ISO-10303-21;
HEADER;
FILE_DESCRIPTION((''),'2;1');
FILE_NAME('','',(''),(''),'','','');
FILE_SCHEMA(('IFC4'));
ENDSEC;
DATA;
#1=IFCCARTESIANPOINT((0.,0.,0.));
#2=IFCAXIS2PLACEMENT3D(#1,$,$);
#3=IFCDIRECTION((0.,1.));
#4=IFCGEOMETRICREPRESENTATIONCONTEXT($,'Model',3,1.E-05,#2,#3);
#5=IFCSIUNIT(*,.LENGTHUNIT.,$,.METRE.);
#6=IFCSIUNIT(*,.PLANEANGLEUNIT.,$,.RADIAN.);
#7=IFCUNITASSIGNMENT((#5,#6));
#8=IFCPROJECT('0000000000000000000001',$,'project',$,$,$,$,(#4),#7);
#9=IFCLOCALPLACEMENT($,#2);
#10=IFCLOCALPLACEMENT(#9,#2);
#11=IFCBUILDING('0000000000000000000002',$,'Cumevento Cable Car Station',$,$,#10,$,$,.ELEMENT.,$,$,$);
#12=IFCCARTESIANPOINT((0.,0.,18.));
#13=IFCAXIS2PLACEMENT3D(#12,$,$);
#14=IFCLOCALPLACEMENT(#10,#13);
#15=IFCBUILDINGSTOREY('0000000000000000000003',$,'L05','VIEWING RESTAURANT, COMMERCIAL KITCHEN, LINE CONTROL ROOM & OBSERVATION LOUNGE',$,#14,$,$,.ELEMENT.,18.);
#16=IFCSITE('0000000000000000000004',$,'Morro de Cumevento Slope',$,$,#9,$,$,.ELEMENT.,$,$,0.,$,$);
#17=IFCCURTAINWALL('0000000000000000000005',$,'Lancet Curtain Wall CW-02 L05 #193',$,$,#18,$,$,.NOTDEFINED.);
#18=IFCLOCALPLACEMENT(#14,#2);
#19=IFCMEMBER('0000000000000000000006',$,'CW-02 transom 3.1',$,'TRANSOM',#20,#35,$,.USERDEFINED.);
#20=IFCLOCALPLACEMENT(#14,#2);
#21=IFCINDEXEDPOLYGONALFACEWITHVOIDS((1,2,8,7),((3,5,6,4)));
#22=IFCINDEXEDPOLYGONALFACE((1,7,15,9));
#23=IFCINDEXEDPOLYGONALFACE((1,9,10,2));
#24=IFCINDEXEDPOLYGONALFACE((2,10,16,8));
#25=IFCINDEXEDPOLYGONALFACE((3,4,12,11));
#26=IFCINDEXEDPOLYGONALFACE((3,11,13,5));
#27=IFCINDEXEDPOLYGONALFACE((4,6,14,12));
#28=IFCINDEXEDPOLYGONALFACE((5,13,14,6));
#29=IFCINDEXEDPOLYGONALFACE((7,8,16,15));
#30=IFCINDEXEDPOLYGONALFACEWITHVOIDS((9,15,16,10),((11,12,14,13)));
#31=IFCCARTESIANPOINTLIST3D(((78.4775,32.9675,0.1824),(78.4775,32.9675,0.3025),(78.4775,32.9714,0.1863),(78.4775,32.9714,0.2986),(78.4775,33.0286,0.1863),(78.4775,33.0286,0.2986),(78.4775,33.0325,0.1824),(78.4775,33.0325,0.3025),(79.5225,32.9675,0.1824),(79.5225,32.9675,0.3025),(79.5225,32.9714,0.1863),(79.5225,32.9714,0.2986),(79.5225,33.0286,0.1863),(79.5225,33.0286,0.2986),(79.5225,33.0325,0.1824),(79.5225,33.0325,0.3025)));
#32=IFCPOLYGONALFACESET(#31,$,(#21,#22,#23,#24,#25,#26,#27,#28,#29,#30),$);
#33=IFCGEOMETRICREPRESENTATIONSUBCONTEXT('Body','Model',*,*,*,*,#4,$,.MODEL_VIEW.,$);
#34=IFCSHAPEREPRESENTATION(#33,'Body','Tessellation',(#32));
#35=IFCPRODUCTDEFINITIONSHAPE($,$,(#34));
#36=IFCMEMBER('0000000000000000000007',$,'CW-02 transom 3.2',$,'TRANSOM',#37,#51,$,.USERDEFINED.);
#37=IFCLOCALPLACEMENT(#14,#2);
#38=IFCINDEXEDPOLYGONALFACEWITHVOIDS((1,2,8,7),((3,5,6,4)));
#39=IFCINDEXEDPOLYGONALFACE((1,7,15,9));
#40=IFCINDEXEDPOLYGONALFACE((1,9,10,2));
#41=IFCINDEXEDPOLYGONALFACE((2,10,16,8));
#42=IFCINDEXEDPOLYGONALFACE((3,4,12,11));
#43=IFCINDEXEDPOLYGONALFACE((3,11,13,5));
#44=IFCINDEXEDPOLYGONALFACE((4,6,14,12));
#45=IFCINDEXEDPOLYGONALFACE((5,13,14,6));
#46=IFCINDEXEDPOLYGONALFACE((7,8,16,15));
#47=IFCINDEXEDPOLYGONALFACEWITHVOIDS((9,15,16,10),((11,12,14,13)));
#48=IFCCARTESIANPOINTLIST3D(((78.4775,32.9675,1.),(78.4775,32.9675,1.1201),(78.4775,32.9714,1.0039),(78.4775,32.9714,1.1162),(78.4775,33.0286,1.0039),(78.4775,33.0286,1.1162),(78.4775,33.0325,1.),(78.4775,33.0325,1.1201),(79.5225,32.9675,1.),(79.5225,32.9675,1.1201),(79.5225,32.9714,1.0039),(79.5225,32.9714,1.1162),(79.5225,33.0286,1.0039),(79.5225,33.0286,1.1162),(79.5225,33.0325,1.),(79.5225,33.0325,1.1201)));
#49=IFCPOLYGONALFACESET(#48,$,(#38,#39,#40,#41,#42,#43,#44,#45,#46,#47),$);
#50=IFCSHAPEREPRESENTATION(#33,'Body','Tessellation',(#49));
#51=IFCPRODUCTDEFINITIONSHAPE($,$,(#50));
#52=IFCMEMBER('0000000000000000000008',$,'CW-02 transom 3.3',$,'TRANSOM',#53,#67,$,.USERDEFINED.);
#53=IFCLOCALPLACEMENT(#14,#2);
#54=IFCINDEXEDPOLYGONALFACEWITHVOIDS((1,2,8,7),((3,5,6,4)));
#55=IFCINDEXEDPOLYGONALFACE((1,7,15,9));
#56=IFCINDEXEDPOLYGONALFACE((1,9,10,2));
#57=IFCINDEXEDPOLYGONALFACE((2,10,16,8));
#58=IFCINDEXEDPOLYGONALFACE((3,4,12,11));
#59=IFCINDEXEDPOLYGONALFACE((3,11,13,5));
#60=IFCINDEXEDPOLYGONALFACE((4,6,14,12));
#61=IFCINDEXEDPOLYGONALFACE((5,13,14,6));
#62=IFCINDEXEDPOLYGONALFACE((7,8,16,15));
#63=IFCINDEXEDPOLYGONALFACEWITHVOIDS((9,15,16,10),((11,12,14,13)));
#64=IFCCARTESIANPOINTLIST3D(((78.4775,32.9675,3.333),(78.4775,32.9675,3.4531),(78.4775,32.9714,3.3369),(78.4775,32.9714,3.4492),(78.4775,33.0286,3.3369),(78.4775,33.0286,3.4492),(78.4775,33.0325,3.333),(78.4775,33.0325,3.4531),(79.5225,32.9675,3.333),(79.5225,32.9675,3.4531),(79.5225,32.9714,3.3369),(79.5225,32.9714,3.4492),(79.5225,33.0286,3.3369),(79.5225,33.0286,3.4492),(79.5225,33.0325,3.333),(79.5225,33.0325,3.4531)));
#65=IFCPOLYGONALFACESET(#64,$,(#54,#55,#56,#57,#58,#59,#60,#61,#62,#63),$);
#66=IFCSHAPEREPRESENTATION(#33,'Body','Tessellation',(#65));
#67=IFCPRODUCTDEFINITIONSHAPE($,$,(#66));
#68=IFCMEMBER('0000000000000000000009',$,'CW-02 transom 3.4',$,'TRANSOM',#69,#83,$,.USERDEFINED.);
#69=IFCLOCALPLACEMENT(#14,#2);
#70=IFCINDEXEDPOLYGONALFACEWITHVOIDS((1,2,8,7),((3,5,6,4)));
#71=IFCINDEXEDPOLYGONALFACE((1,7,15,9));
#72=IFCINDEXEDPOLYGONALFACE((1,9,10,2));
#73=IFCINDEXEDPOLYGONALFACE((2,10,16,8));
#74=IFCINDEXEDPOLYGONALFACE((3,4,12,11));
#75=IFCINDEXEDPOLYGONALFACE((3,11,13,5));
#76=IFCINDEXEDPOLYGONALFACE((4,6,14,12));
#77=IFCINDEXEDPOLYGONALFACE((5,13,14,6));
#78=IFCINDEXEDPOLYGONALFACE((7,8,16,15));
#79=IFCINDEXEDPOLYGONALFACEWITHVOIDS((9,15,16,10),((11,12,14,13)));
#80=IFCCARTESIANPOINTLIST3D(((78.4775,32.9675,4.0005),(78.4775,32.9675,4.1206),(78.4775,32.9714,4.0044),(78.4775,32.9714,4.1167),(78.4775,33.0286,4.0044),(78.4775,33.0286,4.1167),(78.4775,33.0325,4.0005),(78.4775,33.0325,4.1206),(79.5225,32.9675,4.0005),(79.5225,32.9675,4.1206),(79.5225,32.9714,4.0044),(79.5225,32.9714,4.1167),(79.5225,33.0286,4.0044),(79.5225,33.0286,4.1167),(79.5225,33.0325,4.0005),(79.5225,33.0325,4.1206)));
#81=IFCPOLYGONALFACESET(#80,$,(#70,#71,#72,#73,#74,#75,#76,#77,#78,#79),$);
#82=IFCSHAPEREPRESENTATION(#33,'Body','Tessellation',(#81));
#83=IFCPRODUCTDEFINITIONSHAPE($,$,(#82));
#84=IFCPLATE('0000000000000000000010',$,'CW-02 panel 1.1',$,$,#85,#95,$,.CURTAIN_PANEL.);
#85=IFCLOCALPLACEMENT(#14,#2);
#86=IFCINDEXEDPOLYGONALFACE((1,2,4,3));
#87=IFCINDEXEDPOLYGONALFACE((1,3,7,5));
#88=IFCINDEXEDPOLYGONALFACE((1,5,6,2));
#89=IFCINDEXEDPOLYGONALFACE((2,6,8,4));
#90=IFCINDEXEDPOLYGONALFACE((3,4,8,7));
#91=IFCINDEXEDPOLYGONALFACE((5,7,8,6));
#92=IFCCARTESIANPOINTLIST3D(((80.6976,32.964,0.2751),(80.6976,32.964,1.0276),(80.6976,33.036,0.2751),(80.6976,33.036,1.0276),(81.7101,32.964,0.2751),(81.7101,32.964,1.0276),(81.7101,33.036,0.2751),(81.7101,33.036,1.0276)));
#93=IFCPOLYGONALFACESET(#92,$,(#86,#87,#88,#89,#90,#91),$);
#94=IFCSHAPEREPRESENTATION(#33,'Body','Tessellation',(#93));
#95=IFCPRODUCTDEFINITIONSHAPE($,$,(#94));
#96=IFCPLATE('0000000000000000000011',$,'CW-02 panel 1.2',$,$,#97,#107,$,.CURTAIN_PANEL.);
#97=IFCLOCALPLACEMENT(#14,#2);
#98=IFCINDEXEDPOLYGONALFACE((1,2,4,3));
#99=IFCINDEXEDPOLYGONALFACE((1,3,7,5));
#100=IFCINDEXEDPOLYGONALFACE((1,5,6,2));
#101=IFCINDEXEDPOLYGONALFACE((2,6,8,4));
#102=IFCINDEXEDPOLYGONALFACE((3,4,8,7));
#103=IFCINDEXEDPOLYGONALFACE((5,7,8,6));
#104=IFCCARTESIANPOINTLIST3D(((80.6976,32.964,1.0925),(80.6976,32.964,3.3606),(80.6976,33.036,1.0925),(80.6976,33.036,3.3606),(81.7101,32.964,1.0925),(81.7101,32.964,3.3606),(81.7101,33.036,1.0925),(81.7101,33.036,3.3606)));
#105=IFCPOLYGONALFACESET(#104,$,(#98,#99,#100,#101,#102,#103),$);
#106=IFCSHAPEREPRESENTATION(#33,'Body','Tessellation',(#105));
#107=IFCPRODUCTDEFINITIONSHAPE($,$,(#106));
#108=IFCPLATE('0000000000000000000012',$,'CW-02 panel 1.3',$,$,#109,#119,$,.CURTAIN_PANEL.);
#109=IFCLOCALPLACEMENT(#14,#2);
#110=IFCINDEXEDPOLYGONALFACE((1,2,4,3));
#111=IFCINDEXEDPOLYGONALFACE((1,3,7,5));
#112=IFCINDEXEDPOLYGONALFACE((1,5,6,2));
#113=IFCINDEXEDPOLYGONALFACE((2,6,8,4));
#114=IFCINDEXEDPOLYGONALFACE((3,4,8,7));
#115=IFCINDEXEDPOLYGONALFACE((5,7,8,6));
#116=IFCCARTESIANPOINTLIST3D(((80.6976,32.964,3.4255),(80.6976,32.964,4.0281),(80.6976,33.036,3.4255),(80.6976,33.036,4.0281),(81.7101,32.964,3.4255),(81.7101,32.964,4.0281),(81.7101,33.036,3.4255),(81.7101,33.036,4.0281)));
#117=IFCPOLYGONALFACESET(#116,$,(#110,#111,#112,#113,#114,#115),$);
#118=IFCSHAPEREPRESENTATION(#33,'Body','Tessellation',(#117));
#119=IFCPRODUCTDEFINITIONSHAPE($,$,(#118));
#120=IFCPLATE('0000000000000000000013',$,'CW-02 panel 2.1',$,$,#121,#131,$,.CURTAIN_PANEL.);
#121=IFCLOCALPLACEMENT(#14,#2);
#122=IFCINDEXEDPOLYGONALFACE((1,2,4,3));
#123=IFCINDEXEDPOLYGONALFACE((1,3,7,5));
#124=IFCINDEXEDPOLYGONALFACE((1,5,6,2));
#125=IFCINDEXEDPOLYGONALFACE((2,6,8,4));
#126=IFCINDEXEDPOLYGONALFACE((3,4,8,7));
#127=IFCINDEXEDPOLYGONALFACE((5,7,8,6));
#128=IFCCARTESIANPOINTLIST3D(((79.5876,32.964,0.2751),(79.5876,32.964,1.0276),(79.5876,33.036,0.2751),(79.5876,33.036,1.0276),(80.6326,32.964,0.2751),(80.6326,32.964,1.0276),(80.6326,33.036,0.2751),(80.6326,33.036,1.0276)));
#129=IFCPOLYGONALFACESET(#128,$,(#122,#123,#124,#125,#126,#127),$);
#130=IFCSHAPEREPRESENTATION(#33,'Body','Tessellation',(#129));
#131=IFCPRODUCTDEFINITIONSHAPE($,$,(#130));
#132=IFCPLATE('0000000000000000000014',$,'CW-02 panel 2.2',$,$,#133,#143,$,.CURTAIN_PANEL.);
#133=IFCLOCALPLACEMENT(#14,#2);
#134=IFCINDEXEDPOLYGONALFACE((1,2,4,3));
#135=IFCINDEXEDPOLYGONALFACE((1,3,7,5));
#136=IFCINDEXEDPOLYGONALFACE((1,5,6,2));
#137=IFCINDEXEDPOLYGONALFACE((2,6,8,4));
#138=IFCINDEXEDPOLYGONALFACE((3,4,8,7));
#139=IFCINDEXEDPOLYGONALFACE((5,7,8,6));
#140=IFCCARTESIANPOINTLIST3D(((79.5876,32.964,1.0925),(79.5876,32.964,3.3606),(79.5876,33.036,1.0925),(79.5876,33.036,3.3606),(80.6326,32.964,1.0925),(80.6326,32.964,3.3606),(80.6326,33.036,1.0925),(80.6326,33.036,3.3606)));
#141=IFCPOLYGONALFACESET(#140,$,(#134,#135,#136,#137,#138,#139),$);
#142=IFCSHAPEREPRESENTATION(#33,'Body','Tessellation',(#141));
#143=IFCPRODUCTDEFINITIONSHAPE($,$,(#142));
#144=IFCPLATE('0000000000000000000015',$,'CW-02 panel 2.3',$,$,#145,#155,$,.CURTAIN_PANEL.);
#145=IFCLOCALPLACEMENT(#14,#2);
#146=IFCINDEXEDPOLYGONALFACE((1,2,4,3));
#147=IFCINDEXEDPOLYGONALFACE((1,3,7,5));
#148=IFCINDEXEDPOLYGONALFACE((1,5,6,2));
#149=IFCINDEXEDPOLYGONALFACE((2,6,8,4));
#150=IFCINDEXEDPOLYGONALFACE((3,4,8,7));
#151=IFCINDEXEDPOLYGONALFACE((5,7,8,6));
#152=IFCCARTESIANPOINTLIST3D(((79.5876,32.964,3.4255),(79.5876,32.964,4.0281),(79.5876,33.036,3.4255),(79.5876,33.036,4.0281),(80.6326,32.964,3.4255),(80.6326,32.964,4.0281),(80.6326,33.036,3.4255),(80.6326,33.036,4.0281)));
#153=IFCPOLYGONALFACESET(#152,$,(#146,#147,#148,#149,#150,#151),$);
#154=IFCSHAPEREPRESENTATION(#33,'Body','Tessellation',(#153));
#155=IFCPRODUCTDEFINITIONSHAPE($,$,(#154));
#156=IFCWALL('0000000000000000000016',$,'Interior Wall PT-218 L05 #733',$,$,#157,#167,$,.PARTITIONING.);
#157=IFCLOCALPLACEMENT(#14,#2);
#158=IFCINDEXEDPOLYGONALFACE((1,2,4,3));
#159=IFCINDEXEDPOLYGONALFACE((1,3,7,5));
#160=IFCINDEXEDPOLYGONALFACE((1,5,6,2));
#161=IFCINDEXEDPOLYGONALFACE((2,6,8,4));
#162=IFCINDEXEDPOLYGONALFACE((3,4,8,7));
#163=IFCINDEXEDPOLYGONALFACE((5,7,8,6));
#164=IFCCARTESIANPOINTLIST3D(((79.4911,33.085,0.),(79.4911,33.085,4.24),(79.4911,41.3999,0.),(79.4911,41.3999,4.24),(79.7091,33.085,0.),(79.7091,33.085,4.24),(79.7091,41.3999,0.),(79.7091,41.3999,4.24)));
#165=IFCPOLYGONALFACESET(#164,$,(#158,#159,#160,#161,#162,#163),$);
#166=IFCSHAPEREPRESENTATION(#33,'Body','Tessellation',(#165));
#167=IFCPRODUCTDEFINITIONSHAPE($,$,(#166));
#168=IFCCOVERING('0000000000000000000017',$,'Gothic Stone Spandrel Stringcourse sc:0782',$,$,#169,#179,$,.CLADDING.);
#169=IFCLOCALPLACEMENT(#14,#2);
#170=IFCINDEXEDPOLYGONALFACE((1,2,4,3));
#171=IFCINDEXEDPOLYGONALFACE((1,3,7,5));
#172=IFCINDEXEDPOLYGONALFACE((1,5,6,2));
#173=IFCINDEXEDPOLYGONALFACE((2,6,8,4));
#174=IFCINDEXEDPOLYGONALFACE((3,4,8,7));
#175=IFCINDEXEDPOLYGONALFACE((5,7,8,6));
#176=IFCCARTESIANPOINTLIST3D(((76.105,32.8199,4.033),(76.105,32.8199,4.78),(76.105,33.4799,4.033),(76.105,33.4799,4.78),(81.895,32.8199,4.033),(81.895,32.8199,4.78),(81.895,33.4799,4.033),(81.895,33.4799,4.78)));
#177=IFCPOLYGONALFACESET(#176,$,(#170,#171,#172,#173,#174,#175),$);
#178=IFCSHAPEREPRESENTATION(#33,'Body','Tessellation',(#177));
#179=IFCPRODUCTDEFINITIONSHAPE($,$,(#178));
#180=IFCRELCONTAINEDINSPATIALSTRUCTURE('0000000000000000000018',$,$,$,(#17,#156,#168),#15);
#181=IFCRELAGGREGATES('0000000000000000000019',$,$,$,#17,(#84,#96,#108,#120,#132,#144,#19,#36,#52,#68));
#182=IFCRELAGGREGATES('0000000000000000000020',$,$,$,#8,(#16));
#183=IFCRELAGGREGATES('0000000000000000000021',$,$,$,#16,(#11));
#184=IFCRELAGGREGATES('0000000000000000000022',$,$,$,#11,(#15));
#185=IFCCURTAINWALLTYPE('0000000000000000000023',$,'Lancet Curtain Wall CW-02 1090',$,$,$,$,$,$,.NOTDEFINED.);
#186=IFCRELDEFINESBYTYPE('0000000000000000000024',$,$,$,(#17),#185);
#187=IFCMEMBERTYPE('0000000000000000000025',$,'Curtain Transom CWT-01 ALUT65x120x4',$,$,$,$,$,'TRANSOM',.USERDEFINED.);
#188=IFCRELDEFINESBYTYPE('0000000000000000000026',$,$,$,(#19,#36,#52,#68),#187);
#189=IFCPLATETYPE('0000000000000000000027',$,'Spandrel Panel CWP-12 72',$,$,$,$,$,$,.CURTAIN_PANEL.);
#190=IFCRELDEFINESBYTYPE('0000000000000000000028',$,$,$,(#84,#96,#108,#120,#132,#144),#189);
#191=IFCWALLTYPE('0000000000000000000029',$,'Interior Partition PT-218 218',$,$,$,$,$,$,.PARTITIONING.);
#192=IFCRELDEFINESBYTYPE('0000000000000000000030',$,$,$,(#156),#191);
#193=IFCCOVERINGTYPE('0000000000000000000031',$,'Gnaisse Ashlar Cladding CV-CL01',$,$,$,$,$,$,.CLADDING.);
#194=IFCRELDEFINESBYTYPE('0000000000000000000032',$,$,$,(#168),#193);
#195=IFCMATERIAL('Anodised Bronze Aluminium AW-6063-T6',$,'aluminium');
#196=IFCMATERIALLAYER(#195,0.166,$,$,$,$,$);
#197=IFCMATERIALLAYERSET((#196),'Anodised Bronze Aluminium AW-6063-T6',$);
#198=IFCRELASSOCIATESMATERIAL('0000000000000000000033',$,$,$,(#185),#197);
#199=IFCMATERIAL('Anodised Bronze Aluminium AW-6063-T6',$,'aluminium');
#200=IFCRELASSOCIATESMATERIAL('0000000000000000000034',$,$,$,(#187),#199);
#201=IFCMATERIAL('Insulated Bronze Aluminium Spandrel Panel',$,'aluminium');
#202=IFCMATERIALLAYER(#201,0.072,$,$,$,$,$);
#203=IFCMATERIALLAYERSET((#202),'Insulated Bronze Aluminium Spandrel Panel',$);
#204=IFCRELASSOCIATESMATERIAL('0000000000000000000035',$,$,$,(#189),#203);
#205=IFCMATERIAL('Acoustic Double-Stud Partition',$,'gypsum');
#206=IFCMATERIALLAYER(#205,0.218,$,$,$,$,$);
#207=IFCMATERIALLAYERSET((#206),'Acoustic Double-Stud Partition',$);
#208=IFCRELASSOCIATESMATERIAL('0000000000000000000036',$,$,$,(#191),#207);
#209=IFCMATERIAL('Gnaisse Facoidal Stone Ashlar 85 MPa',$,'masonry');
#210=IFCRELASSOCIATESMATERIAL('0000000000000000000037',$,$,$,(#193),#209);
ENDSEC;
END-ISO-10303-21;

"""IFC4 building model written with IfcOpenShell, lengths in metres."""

from ifc_helpers import new_model, si_unit, direction, frame, frame_2d, origin, origin_2d, place, context, subcontext, project, spatial, rectangle, hollow_rectangle, extrude, material, layer, layer_set, material_profile, profile_set, type_object, element, aggregate, save


model = new_model("IFC4")

# Units and contexts
model_context = context("Model", 3, precision=1e-05, world=origin(), true_north=direction((0.0, 1.0)))
body_context = subcontext(model_context, "Body", "Model", "MODEL_VIEW")
ifc_project = project(units=[si_unit("LENGTHUNIT", "METRE"), si_unit("PLANEANGLEUNIT", "RADIAN")], contexts=[model_context])

# Site, building, storey
site_placement = place(None, origin())
site = spatial("IfcSite", under=ifc_project, at=site_placement, Name="Morro de Cumevento Slope", CompositionType="ELEMENT", RefElevation=0.0)
building_placement = place(site_placement, origin())
building = spatial("IfcBuilding", under=site, at=building_placement, Name="Cumevento Cable Car Station", CompositionType="ELEMENT")
storey_placement = place(building_placement, frame((0.0, 0.0, 18.0)))
storey = spatial("IfcBuildingStorey", under=building, at=storey_placement, Name="L05", Description="VIEWING RESTAURANT, COMMERCIAL KITCHEN, LINE CONTROL ROOM & OBSERVATION LOUNGE", CompositionType="ELEMENT", Elevation=18.0)

# Curtain wall, members, plates
ifc_material_1 = material(Name="Anodised Bronze Aluminium AW-6063-T6", Category="aluminium")
ifc_layer_1 = layer(ifc_material_1, 0.166)
ifc_layer_set_1 = layer_set([ifc_layer_1], Name="Anodised Bronze Aluminium AW-6063-T6")
curtain_wall_type = type_object("IfcCurtainWallType", Name="Lancet Curtain Wall CW-02 1090", PredefinedType="NOTDEFINED", material=ifc_layer_set_1)
curtain_wall_placement = place(storey_placement, origin())
curtain_wall = element("IfcCurtainWall", 1, at=curtain_wall_placement, inside=storey, type_object=curtain_wall_type, Name="Lancet Curtain Wall CW-02 L05 #193", PredefinedType="NOTDEFINED")
ifc_material_2 = material(Name="Anodised Bronze Aluminium AW-6063-T6", Category="aluminium")
ifc_material_profile_1 = material_profile(ifc_material_2, hollow_rectangle(XDim=0.0649, YDim=0.1201, WallThickness=0.0039, at=origin_2d()), Name="ALUT65x120x4")
ifc_profile_set_1 = profile_set([ifc_material_profile_1], Name="Anodised Bronze Aluminium AW-6063-T6")
member_type_1 = type_object("IfcMemberType", Name="Curtain Transom CWT-01 ALUT65x120x4", ElementType="TRANSOM", PredefinedType="USERDEFINED", material=ifc_profile_set_1)
member_1_placement = place(storey_placement, frame((79.5225, 33.0, 0.2424), z_axis=(-1.0, 0.0, 0.0), x_axis=(0.0, -1.0, 0.0)))
member_1 = element("IfcMember", 2, at=member_1_placement, type_object=member_type_1, Name="CW-02 transom 3.1", ObjectType="TRANSOM", PredefinedType="USERDEFINED", context=body_context, shape_type="SweptSolid", body=[
    extrude(hollow_rectangle(XDim=0.0649, YDim=0.1201, WallThickness=0.0039, at=origin_2d()), origin(), (0.0, 0.0, 1.0), 1.0449),
])
member_2_placement = place(storey_placement, frame((79.5225, 33.0, 1.0601), z_axis=(-1.0, 0.0, 0.0), x_axis=(0.0, -1.0, 0.0)))
member_2 = element("IfcMember", 3, at=member_2_placement, type_object=member_type_1, Name="CW-02 transom 3.2", ObjectType="TRANSOM", PredefinedType="USERDEFINED", context=body_context, shape_type="SweptSolid", body=[
    extrude(hollow_rectangle(XDim=0.0649, YDim=0.1201, WallThickness=0.0039, at=origin_2d()), origin(), (0.0, 0.0, 1.0), 1.0449),
])
member_3_placement = place(storey_placement, frame((79.5225, 33.0, 3.3931), z_axis=(-1.0, 0.0, 0.0), x_axis=(0.0, -1.0, 0.0)))
member_3 = element("IfcMember", 4, at=member_3_placement, type_object=member_type_1, Name="CW-02 transom 3.3", ObjectType="TRANSOM", PredefinedType="USERDEFINED", context=body_context, shape_type="SweptSolid", body=[
    extrude(hollow_rectangle(XDim=0.0649, YDim=0.1201, WallThickness=0.0039, at=origin_2d()), origin(), (0.0, 0.0, 1.0), 1.0449),
])
member_4_placement = place(storey_placement, frame((79.5225, 33.0, 4.0605), z_axis=(-1.0, 0.0, 0.0), x_axis=(0.0, -1.0, 0.0)))
member_4 = element("IfcMember", 5, at=member_4_placement, type_object=member_type_1, Name="CW-02 transom 3.4", ObjectType="TRANSOM", PredefinedType="USERDEFINED", context=body_context, shape_type="SweptSolid", body=[
    extrude(hollow_rectangle(XDim=0.0649, YDim=0.1201, WallThickness=0.0039, at=origin_2d()), origin(), (0.0, 0.0, 1.0), 1.0449),
])
ifc_material_3 = material(Name="Insulated Bronze Aluminium Spandrel Panel", Category="aluminium")
ifc_layer_2 = layer(ifc_material_3, 0.072)
ifc_layer_set_2 = layer_set([ifc_layer_2], Name="Insulated Bronze Aluminium Spandrel Panel")
plate_type = type_object("IfcPlateType", Name="Spandrel Panel CWP-12 72", PredefinedType="CURTAIN_PANEL", material=ifc_layer_set_2)
plate_1_placement = place(storey_placement, frame((81.2039, 33.0, 0.2751), z_axis=(0.0, 0.0, 1.0), x_axis=(-1.0, 0.0, 0.0)))
plate_1 = element("IfcPlate", 6, at=plate_1_placement, type_object=plate_type, Name="CW-02 panel 1.1", PredefinedType="CURTAIN_PANEL", context=body_context, shape_type="SweptSolid", body=[
    extrude(rectangle(XDim=1.0125, YDim=0.072, at=origin_2d()), origin(), (0.0, 0.0, 1.0), 0.7524),
])
plate_2_placement = place(storey_placement, frame((81.2039, 33.0, 1.0925), z_axis=(0.0, 0.0, 1.0), x_axis=(-1.0, 0.0, 0.0)))
plate_2 = element("IfcPlate", 7, at=plate_2_placement, type_object=plate_type, Name="CW-02 panel 1.2", PredefinedType="CURTAIN_PANEL", context=body_context, shape_type="SweptSolid", body=[
    extrude(rectangle(XDim=1.0125, YDim=0.072, at=origin_2d()), origin(), (0.0, 0.0, 1.0), 2.2681),
])
plate_3_placement = place(storey_placement, frame((81.2039, 33.0, 3.4255), z_axis=(0.0, 0.0, 1.0), x_axis=(-1.0, 0.0, 0.0)))
plate_3 = element("IfcPlate", 8, at=plate_3_placement, type_object=plate_type, Name="CW-02 panel 1.3", PredefinedType="CURTAIN_PANEL", context=body_context, shape_type="SweptSolid", body=[
    extrude(rectangle(XDim=1.0125, YDim=0.072, at=origin_2d()), origin(), (0.0, 0.0, 1.0), 0.6025),
])
plate_4_placement = place(storey_placement, frame((80.1101, 33.0, 0.2751), z_axis=(0.0, 0.0, 1.0), x_axis=(-1.0, 0.0, 0.0)))
plate_4 = element("IfcPlate", 9, at=plate_4_placement, type_object=plate_type, Name="CW-02 panel 2.1", PredefinedType="CURTAIN_PANEL", context=body_context, shape_type="SweptSolid", body=[
    extrude(rectangle(XDim=1.0449, YDim=0.072, at=origin_2d()), origin(), (0.0, 0.0, 1.0), 0.7524),
])
plate_5_placement = place(storey_placement, frame((80.1101, 33.0, 1.0925), z_axis=(0.0, 0.0, 1.0), x_axis=(-1.0, 0.0, 0.0)))
plate_5 = element("IfcPlate", 10, at=plate_5_placement, type_object=plate_type, Name="CW-02 panel 2.2", PredefinedType="CURTAIN_PANEL", context=body_context, shape_type="SweptSolid", body=[
    extrude(rectangle(XDim=1.0449, YDim=0.072, at=origin_2d()), origin(), (0.0, 0.0, 1.0), 2.2681),
])
plate_6_placement = place(storey_placement, frame((80.1101, 33.0, 3.4255), z_axis=(0.0, 0.0, 1.0), x_axis=(-1.0, 0.0, 0.0)))
plate_6 = element("IfcPlate", 11, at=plate_6_placement, type_object=plate_type, Name="CW-02 panel 2.3", PredefinedType="CURTAIN_PANEL", context=body_context, shape_type="SweptSolid", body=[
    extrude(rectangle(XDim=1.0449, YDim=0.072, at=origin_2d()), origin(), (0.0, 0.0, 1.0), 0.6025),
])
aggregate(curtain_wall, [plate_1, plate_2, plate_3, plate_4, plate_5, plate_6, member_1, member_2, member_3, member_4])

# Wall
ifc_material_4 = material(Name="Acoustic Double-Stud Partition", Category="gypsum")
ifc_layer_3 = layer(ifc_material_4, 0.218)
ifc_layer_set_3 = layer_set([ifc_layer_3], Name="Acoustic Double-Stud Partition")
wall_type = type_object("IfcWallType", Name="Interior Partition PT-218 218", PredefinedType="PARTITIONING", material=ifc_layer_set_3)
wall_placement = place(storey_placement, frame((79.6001, 33.085, 0.0), z_axis=(0.0, 0.0, 1.0), x_axis=(0.0, 1.0, 0.0)))
element("IfcWall", 12, at=wall_placement, inside=storey, type_object=wall_type, Name="Interior Wall PT-218 L05 #733", PredefinedType="PARTITIONING", context=body_context, shape_type="SweptSolid", body=[
    extrude(rectangle(XDim=8.3149, YDim=0.218, at=frame_2d((4.1575, 0.0))), origin(), (0.0, 0.0, 1.0), 4.24),
])

# Covering
ifc_material_5 = material(Name="Gnaisse Facoidal Stone Ashlar 85 MPa", Category="masonry")
covering_type = type_object("IfcCoveringType", Name="Gnaisse Ashlar Cladding CV-CL01", PredefinedType="CLADDING", material=ifc_material_5)
covering_placement = place(storey_placement, frame((79.0, 33.1499, 4.033), z_axis=(0.0, 0.0, 1.0), x_axis=(-1.0, 0.0, 0.0)))
element("IfcCovering", 13, at=covering_placement, inside=storey, type_object=covering_type, Name="Gothic Stone Spandrel Stringcourse sc:0782", PredefinedType="CLADDING", context=body_context, shape_type="SweptSolid", body=[
    extrude(rectangle(XDim=5.79, YDim=0.6599, at=origin_2d()), origin(), (0.0, 0.0, 1.0), 0.7471),
])

save(model, "model.ifc")
